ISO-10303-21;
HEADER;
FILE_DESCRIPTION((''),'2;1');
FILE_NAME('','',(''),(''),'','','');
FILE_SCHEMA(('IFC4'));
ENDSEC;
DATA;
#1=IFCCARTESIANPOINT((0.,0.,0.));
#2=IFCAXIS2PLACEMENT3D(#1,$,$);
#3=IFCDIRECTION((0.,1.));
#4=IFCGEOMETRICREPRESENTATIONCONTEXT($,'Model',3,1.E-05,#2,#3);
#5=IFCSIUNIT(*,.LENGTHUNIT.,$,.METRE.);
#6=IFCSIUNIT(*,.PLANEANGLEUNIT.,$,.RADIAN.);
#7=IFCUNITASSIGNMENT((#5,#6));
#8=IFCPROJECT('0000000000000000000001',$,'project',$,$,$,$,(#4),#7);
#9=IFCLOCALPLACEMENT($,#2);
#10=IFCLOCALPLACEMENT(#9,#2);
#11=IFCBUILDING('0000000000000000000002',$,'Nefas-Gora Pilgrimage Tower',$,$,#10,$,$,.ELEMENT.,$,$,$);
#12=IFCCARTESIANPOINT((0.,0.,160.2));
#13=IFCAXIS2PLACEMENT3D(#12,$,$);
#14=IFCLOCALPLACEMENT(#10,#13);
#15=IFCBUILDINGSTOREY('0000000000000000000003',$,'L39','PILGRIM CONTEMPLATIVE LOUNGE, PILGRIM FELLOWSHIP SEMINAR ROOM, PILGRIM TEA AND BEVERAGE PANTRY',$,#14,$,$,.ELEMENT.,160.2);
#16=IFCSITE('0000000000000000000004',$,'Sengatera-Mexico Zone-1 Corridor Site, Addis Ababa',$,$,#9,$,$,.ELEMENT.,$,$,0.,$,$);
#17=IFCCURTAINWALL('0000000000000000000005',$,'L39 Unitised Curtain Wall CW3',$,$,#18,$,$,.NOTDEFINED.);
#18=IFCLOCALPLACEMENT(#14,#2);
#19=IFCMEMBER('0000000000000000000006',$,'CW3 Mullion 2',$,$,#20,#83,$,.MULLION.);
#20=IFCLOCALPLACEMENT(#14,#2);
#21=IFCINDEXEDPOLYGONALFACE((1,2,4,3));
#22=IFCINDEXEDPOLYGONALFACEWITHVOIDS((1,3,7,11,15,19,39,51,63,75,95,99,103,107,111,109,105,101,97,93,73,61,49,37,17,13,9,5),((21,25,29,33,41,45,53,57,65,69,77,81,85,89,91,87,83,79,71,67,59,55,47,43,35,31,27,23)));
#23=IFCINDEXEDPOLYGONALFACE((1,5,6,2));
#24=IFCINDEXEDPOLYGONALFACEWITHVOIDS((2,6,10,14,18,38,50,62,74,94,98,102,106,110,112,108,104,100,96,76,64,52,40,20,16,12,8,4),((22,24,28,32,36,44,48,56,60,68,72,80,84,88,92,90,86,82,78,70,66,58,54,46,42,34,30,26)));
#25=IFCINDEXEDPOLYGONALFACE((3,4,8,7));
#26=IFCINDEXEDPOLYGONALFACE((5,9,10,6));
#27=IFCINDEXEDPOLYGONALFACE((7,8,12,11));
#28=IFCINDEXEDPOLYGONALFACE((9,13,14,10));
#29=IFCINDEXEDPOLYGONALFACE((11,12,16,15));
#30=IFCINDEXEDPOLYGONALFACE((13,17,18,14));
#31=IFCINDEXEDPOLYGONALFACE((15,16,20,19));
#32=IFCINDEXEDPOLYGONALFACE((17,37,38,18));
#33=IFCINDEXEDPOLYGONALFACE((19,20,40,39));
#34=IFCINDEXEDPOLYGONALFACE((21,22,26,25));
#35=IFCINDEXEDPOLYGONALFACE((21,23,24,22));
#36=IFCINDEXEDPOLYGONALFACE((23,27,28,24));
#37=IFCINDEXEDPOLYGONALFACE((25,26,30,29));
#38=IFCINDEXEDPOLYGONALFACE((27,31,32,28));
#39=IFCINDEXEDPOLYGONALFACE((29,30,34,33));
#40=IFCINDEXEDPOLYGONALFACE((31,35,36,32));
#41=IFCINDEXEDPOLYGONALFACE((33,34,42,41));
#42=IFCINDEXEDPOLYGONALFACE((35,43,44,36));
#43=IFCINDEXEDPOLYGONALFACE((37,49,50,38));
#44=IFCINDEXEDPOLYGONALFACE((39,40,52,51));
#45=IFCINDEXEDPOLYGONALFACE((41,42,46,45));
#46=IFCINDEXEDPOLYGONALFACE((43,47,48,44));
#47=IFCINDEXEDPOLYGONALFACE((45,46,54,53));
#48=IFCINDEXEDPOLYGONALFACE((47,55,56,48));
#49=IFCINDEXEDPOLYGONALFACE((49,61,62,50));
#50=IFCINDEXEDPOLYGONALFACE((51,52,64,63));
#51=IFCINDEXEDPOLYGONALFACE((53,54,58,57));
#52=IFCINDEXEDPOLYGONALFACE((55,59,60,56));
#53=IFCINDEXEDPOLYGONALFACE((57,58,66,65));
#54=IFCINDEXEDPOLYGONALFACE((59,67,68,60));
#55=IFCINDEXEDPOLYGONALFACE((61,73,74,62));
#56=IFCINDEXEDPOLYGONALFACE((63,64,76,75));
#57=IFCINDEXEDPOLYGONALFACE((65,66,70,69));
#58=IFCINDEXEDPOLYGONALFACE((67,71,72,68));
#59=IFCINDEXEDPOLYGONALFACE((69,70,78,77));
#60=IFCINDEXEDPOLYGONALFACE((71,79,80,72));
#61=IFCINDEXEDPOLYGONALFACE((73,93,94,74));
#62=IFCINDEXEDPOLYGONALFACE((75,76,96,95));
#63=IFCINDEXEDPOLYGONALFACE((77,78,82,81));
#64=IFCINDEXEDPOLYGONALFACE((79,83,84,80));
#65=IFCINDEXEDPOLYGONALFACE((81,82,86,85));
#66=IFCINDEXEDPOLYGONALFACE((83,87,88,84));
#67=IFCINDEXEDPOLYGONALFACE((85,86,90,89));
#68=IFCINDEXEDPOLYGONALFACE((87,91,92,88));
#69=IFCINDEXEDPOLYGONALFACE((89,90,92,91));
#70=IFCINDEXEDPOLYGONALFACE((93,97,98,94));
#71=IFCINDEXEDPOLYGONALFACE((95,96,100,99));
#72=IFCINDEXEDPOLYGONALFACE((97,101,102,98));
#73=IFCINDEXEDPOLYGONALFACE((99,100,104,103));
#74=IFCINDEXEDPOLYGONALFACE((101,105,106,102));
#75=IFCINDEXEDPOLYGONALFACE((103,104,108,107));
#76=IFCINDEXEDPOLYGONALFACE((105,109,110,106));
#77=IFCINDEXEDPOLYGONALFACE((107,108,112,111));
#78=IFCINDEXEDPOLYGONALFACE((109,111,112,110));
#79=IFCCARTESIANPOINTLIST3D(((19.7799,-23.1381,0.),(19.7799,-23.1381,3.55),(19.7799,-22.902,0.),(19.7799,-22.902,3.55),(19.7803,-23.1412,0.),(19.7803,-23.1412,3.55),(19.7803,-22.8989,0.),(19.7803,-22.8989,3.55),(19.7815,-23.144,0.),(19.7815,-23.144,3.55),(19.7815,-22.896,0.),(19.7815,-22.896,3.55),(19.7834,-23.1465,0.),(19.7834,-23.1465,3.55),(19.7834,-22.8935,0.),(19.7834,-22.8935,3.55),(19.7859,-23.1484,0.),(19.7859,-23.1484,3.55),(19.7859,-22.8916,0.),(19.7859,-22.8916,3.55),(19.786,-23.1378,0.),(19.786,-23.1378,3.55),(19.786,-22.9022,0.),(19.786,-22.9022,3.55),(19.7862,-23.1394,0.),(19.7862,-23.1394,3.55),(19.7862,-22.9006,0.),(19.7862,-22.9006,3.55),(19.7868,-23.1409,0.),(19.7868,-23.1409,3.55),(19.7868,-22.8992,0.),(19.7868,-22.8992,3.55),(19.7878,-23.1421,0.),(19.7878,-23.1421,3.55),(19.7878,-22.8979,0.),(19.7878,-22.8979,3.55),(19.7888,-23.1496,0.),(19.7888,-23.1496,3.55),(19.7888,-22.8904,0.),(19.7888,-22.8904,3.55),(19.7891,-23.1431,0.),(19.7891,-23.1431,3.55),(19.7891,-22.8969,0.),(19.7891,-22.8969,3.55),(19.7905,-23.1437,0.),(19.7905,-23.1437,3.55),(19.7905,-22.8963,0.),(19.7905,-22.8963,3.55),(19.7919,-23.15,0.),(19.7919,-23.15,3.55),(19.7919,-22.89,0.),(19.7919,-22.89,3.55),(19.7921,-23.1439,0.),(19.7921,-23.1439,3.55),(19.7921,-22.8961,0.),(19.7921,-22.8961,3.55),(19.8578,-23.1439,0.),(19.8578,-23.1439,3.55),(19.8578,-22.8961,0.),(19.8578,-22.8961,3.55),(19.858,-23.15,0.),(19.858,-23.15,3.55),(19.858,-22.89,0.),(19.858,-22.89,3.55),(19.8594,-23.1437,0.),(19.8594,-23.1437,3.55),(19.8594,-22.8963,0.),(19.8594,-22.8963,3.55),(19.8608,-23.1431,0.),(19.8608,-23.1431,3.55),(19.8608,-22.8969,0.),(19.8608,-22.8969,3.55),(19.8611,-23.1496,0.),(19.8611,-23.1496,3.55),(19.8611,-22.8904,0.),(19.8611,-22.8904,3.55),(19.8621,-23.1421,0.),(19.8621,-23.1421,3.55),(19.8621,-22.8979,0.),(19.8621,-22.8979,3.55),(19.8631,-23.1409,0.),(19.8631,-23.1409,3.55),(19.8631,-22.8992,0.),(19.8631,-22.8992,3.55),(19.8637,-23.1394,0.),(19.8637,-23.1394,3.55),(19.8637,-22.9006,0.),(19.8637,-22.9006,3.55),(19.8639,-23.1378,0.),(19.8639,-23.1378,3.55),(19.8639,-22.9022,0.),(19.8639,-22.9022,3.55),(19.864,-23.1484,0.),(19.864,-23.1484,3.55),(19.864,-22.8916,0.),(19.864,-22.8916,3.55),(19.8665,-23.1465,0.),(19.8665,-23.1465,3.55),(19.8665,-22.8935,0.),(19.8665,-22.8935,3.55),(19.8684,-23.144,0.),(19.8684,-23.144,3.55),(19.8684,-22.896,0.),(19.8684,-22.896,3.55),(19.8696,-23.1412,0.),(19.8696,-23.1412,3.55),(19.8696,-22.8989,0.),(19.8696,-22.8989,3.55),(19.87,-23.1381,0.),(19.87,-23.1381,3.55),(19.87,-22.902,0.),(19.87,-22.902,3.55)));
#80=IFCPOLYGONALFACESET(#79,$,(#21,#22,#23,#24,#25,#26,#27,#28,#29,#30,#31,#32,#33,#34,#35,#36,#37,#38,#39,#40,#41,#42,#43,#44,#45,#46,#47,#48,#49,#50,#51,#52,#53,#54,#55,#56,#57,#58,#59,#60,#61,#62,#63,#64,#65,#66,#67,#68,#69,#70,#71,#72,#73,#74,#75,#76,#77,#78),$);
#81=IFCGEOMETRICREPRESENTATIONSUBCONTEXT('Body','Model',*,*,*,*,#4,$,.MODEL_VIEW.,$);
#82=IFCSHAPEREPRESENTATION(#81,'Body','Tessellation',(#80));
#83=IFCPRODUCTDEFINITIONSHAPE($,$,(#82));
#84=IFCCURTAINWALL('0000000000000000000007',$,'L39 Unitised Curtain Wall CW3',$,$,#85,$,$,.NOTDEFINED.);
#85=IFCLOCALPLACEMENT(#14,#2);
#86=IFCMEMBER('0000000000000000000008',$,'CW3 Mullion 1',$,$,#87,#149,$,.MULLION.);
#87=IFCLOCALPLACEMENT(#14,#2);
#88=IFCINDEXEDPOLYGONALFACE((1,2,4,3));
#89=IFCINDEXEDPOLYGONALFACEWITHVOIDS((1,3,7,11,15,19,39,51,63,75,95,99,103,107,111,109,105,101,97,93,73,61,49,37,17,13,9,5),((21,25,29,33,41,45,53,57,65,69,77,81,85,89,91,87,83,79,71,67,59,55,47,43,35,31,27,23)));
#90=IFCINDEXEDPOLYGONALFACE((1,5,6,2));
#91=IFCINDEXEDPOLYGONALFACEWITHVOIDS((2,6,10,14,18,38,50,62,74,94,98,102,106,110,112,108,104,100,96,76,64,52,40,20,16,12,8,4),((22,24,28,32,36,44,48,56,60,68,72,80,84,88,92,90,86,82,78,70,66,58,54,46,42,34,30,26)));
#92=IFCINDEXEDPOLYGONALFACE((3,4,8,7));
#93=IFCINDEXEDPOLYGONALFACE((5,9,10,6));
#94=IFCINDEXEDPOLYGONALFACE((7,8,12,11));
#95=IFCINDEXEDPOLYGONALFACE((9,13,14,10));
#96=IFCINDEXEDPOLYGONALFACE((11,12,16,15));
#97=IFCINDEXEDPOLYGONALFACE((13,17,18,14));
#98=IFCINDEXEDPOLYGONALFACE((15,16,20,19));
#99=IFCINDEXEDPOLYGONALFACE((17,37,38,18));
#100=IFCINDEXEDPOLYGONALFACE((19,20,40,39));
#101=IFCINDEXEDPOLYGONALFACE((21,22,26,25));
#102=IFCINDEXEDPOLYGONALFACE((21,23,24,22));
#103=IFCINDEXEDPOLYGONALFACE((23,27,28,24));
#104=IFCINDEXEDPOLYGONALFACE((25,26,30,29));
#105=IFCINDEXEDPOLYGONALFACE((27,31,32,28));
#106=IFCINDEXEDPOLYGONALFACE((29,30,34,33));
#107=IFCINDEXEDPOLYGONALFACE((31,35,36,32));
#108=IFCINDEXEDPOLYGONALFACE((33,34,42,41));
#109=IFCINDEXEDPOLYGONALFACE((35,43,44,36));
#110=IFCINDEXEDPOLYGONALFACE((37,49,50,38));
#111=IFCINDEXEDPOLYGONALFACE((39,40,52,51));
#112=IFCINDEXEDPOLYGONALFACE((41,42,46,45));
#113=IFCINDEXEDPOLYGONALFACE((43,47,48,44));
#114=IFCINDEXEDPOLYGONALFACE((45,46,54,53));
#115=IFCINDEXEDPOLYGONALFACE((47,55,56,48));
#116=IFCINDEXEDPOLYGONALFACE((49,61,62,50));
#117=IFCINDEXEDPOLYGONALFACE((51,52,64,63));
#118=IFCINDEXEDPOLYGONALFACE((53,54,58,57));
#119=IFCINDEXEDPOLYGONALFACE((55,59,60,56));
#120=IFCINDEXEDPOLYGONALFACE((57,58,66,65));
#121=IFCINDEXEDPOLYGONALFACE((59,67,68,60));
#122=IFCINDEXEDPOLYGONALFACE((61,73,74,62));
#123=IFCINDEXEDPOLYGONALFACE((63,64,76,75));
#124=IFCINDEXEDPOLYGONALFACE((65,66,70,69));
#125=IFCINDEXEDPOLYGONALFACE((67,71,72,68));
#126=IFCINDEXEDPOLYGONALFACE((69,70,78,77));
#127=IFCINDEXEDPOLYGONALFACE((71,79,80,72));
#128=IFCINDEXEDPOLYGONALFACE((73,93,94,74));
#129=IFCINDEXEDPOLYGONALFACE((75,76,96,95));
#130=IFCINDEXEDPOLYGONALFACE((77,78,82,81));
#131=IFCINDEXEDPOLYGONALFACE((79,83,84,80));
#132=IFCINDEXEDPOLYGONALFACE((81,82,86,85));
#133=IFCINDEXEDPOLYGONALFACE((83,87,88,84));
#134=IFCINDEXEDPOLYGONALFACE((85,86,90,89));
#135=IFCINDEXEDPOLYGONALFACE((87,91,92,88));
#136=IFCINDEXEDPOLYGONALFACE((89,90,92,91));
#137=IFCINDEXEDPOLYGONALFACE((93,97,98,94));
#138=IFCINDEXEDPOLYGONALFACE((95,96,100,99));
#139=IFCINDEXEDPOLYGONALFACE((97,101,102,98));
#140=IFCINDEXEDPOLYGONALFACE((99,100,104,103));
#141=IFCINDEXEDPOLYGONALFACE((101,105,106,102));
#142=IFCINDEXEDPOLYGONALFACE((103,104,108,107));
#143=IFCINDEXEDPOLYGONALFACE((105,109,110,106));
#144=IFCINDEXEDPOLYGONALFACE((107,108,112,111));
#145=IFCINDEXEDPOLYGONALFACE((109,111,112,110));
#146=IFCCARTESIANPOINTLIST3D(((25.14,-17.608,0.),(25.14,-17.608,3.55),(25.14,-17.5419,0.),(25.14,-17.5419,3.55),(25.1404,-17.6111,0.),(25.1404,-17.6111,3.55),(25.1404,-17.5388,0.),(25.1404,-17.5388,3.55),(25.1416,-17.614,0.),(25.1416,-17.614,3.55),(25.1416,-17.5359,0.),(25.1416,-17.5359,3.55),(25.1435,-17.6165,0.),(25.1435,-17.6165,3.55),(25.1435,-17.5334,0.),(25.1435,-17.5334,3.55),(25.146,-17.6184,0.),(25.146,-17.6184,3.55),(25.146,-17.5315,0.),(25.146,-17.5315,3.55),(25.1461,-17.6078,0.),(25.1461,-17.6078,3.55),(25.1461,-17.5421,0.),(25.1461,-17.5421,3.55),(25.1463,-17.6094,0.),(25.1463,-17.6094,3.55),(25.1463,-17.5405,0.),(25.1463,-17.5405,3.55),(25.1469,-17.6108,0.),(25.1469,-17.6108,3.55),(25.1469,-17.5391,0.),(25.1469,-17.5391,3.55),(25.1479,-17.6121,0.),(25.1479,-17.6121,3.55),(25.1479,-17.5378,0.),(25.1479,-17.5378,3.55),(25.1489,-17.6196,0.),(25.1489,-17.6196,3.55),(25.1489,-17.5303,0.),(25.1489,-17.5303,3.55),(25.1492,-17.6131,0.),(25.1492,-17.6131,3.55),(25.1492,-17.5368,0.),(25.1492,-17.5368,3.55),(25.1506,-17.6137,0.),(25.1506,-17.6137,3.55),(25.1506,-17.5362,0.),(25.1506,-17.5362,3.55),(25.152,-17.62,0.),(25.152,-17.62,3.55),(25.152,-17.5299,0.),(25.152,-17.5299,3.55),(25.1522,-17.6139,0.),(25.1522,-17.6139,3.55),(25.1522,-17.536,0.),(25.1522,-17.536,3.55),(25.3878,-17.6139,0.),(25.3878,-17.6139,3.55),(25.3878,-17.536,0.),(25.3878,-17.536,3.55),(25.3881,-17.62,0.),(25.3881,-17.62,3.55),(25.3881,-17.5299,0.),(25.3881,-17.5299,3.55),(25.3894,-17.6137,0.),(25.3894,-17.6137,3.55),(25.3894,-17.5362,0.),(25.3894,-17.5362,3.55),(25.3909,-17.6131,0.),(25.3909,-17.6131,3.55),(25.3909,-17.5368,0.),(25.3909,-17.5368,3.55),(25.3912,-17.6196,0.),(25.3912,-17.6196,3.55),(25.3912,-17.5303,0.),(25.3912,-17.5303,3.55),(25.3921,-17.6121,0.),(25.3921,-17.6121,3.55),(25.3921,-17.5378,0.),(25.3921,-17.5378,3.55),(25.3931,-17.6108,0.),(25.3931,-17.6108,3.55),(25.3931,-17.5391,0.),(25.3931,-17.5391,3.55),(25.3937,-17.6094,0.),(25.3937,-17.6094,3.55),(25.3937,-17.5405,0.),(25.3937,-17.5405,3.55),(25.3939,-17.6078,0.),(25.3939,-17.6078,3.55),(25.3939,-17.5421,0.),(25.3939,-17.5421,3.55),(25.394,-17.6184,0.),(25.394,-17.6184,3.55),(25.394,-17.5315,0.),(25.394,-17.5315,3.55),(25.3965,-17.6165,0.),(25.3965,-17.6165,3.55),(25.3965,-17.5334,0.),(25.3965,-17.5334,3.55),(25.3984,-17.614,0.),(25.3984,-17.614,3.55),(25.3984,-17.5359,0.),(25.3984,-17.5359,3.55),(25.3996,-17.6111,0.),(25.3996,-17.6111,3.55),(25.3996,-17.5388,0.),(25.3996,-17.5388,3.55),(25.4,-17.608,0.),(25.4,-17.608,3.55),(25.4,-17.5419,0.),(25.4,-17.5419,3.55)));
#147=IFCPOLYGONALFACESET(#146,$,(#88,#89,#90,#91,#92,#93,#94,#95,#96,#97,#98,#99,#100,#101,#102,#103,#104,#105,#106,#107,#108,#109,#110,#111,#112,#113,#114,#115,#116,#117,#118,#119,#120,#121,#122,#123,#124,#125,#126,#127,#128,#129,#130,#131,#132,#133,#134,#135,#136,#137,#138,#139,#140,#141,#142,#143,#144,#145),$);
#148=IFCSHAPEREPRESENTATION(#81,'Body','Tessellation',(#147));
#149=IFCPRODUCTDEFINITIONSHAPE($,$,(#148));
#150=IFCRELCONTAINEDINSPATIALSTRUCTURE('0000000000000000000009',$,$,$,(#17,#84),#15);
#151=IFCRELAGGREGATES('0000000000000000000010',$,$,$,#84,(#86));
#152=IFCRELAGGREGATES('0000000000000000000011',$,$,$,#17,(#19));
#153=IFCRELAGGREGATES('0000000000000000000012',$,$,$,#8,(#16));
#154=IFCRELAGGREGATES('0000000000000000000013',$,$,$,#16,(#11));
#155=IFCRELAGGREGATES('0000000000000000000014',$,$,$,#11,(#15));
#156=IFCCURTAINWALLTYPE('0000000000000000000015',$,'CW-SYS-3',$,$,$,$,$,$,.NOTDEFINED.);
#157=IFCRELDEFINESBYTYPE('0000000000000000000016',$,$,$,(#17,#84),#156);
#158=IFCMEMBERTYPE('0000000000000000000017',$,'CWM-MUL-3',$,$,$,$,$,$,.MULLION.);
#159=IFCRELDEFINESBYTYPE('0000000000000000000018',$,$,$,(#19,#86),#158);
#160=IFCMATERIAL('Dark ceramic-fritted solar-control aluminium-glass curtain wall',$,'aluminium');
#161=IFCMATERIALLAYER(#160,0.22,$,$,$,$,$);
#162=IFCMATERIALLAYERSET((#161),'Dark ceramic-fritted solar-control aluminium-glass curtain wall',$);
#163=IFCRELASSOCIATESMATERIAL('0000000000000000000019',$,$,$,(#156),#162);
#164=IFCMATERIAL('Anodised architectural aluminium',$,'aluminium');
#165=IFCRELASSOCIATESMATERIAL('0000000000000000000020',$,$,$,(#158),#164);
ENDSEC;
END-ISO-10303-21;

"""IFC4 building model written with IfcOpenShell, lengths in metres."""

from ifc_helpers import new_model, si_unit, direction, frame, origin, origin_2d, place, context, subcontext, project, spatial, hollow_rectangle, extrude, source, transform, mapped, material, layer, layer_set, material_profile, profile_set, type_object, element, aggregate, save


model = new_model("IFC4")

# Units and contexts
model_context = context("Model", 3, precision=1e-05, world=origin(), true_north=direction((0.0, 1.0)))
body_context = subcontext(model_context, "Body", "Model", "MODEL_VIEW")
ifc_project = project(units=[si_unit("LENGTHUNIT", "METRE"), si_unit("PLANEANGLEUNIT", "RADIAN")], contexts=[model_context])

# Site, building, storey
site_placement = place(None, origin())
site = spatial("IfcSite", under=ifc_project, at=site_placement, Name="Sengatera-Mexico Zone-1 Corridor Site, Addis Ababa", CompositionType="ELEMENT", RefElevation=0.0)
building_placement = place(site_placement, origin())
building = spatial("IfcBuilding", under=site, at=building_placement, Name="Nefas-Gora Pilgrimage Tower", CompositionType="ELEMENT")
storey_placement = place(building_placement, frame((0.0, 0.0, 160.2)))
storey = spatial("IfcBuildingStorey", under=building, at=storey_placement, Name="L39", Description="PILGRIM CONTEMPLATIVE LOUNGE, PILGRIM FELLOWSHIP SEMINAR ROOM, PILGRIM TEA AND BEVERAGE PANTRY", CompositionType="ELEMENT", Elevation=160.2)

# Curtain wall, member
ifc_material_1 = material(Name="Dark ceramic-fritted solar-control aluminium-glass curtain wall", Category="aluminium")
ifc_layer_1 = layer(ifc_material_1, 0.22)
ifc_layer_set_1 = layer_set([ifc_layer_1], Name="Dark ceramic-fritted solar-control aluminium-glass curtain wall")
curtain_wall_type = type_object("IfcCurtainWallType", Name="CW-SYS-3", PredefinedType="NOTDEFINED", material=ifc_layer_set_1)
curtain_wall_1_placement = place(storey_placement, origin())
curtain_wall_1 = element("IfcCurtainWall", 1, at=curtain_wall_1_placement, inside=storey, type_object=curtain_wall_type, Name="L39 Unitised Curtain Wall CW3", PredefinedType="NOTDEFINED")
ifc_material_2 = material(Name="Anodised architectural aluminium", Category="aluminium")
ifc_material_profile_1 = material_profile(ifc_material_2, hollow_rectangle(XDim=0.0901, YDim=0.26, WallThickness=0.0061, InnerFilletRadius=0.0061, OuterFilletRadius=0.012, at=origin_2d()), Name="ALU MULLION 90x260")
ifc_profile_set_1 = profile_set([ifc_material_profile_1], Name="Anodised architectural aluminium")
member_type_1 = type_object("IfcMemberType", Name="CWM-MUL-3", PredefinedType="MULLION", material=ifc_profile_set_1)
shared_shape_1 = source(origin(), body_context, "Body", "SweptSolid", [
    extrude(hollow_rectangle(XDim=0.0901, YDim=0.26, WallThickness=0.0061, InnerFilletRadius=0.0061, OuterFilletRadius=0.012, at=origin_2d()), origin(), (0.0, 0.0, 1.0), 3.55),
])
member_1_placement = place(storey_placement, frame((19.825, -23.02, 0.0), z_axis=(0.0, 0.0, 1.0), x_axis=(1.0, 0.0, 0.0)))
member_1 = element("IfcMember", 2, at=member_1_placement, type_object=member_type_1, Name="CW3 Mullion 2", PredefinedType="MULLION", context=body_context, shape_type="MappedRepresentation", body=[
    mapped(shared_shape_1, transform((0.0, 0.0, 0.0), x_axis=(1.0, 0.0, 0.0), y_axis=(0.0, 1.0, 0.0), z_axis=(0.0, 0.0, 1.0), scale=1.0)),
])

# Curtain wall, member
curtain_wall_2_placement = place(storey_placement, origin())
curtain_wall_2 = element("IfcCurtainWall", 3, at=curtain_wall_2_placement, inside=storey, type_object=curtain_wall_type, Name="L39 Unitised Curtain Wall CW3", PredefinedType="NOTDEFINED")
member_2_placement = place(storey_placement, frame((25.27, -17.575, 0.0), z_axis=(0.0, 0.0, 1.0), x_axis=(0.0, 1.0, 0.0)))
member_2 = element("IfcMember", 4, at=member_2_placement, type_object=member_type_1, Name="CW3 Mullion 1", PredefinedType="MULLION", context=body_context, shape_type="MappedRepresentation", body=[
    mapped(shared_shape_1, transform((0.0, 0.0, 0.0), x_axis=(1.0, 0.0, 0.0), y_axis=(0.0, 1.0, 0.0), z_axis=(0.0, 0.0, 1.0), scale=1.0)),
])

aggregate(curtain_wall_2, [member_2])

aggregate(curtain_wall_1, [member_1])

save(model, "model.ifc")
